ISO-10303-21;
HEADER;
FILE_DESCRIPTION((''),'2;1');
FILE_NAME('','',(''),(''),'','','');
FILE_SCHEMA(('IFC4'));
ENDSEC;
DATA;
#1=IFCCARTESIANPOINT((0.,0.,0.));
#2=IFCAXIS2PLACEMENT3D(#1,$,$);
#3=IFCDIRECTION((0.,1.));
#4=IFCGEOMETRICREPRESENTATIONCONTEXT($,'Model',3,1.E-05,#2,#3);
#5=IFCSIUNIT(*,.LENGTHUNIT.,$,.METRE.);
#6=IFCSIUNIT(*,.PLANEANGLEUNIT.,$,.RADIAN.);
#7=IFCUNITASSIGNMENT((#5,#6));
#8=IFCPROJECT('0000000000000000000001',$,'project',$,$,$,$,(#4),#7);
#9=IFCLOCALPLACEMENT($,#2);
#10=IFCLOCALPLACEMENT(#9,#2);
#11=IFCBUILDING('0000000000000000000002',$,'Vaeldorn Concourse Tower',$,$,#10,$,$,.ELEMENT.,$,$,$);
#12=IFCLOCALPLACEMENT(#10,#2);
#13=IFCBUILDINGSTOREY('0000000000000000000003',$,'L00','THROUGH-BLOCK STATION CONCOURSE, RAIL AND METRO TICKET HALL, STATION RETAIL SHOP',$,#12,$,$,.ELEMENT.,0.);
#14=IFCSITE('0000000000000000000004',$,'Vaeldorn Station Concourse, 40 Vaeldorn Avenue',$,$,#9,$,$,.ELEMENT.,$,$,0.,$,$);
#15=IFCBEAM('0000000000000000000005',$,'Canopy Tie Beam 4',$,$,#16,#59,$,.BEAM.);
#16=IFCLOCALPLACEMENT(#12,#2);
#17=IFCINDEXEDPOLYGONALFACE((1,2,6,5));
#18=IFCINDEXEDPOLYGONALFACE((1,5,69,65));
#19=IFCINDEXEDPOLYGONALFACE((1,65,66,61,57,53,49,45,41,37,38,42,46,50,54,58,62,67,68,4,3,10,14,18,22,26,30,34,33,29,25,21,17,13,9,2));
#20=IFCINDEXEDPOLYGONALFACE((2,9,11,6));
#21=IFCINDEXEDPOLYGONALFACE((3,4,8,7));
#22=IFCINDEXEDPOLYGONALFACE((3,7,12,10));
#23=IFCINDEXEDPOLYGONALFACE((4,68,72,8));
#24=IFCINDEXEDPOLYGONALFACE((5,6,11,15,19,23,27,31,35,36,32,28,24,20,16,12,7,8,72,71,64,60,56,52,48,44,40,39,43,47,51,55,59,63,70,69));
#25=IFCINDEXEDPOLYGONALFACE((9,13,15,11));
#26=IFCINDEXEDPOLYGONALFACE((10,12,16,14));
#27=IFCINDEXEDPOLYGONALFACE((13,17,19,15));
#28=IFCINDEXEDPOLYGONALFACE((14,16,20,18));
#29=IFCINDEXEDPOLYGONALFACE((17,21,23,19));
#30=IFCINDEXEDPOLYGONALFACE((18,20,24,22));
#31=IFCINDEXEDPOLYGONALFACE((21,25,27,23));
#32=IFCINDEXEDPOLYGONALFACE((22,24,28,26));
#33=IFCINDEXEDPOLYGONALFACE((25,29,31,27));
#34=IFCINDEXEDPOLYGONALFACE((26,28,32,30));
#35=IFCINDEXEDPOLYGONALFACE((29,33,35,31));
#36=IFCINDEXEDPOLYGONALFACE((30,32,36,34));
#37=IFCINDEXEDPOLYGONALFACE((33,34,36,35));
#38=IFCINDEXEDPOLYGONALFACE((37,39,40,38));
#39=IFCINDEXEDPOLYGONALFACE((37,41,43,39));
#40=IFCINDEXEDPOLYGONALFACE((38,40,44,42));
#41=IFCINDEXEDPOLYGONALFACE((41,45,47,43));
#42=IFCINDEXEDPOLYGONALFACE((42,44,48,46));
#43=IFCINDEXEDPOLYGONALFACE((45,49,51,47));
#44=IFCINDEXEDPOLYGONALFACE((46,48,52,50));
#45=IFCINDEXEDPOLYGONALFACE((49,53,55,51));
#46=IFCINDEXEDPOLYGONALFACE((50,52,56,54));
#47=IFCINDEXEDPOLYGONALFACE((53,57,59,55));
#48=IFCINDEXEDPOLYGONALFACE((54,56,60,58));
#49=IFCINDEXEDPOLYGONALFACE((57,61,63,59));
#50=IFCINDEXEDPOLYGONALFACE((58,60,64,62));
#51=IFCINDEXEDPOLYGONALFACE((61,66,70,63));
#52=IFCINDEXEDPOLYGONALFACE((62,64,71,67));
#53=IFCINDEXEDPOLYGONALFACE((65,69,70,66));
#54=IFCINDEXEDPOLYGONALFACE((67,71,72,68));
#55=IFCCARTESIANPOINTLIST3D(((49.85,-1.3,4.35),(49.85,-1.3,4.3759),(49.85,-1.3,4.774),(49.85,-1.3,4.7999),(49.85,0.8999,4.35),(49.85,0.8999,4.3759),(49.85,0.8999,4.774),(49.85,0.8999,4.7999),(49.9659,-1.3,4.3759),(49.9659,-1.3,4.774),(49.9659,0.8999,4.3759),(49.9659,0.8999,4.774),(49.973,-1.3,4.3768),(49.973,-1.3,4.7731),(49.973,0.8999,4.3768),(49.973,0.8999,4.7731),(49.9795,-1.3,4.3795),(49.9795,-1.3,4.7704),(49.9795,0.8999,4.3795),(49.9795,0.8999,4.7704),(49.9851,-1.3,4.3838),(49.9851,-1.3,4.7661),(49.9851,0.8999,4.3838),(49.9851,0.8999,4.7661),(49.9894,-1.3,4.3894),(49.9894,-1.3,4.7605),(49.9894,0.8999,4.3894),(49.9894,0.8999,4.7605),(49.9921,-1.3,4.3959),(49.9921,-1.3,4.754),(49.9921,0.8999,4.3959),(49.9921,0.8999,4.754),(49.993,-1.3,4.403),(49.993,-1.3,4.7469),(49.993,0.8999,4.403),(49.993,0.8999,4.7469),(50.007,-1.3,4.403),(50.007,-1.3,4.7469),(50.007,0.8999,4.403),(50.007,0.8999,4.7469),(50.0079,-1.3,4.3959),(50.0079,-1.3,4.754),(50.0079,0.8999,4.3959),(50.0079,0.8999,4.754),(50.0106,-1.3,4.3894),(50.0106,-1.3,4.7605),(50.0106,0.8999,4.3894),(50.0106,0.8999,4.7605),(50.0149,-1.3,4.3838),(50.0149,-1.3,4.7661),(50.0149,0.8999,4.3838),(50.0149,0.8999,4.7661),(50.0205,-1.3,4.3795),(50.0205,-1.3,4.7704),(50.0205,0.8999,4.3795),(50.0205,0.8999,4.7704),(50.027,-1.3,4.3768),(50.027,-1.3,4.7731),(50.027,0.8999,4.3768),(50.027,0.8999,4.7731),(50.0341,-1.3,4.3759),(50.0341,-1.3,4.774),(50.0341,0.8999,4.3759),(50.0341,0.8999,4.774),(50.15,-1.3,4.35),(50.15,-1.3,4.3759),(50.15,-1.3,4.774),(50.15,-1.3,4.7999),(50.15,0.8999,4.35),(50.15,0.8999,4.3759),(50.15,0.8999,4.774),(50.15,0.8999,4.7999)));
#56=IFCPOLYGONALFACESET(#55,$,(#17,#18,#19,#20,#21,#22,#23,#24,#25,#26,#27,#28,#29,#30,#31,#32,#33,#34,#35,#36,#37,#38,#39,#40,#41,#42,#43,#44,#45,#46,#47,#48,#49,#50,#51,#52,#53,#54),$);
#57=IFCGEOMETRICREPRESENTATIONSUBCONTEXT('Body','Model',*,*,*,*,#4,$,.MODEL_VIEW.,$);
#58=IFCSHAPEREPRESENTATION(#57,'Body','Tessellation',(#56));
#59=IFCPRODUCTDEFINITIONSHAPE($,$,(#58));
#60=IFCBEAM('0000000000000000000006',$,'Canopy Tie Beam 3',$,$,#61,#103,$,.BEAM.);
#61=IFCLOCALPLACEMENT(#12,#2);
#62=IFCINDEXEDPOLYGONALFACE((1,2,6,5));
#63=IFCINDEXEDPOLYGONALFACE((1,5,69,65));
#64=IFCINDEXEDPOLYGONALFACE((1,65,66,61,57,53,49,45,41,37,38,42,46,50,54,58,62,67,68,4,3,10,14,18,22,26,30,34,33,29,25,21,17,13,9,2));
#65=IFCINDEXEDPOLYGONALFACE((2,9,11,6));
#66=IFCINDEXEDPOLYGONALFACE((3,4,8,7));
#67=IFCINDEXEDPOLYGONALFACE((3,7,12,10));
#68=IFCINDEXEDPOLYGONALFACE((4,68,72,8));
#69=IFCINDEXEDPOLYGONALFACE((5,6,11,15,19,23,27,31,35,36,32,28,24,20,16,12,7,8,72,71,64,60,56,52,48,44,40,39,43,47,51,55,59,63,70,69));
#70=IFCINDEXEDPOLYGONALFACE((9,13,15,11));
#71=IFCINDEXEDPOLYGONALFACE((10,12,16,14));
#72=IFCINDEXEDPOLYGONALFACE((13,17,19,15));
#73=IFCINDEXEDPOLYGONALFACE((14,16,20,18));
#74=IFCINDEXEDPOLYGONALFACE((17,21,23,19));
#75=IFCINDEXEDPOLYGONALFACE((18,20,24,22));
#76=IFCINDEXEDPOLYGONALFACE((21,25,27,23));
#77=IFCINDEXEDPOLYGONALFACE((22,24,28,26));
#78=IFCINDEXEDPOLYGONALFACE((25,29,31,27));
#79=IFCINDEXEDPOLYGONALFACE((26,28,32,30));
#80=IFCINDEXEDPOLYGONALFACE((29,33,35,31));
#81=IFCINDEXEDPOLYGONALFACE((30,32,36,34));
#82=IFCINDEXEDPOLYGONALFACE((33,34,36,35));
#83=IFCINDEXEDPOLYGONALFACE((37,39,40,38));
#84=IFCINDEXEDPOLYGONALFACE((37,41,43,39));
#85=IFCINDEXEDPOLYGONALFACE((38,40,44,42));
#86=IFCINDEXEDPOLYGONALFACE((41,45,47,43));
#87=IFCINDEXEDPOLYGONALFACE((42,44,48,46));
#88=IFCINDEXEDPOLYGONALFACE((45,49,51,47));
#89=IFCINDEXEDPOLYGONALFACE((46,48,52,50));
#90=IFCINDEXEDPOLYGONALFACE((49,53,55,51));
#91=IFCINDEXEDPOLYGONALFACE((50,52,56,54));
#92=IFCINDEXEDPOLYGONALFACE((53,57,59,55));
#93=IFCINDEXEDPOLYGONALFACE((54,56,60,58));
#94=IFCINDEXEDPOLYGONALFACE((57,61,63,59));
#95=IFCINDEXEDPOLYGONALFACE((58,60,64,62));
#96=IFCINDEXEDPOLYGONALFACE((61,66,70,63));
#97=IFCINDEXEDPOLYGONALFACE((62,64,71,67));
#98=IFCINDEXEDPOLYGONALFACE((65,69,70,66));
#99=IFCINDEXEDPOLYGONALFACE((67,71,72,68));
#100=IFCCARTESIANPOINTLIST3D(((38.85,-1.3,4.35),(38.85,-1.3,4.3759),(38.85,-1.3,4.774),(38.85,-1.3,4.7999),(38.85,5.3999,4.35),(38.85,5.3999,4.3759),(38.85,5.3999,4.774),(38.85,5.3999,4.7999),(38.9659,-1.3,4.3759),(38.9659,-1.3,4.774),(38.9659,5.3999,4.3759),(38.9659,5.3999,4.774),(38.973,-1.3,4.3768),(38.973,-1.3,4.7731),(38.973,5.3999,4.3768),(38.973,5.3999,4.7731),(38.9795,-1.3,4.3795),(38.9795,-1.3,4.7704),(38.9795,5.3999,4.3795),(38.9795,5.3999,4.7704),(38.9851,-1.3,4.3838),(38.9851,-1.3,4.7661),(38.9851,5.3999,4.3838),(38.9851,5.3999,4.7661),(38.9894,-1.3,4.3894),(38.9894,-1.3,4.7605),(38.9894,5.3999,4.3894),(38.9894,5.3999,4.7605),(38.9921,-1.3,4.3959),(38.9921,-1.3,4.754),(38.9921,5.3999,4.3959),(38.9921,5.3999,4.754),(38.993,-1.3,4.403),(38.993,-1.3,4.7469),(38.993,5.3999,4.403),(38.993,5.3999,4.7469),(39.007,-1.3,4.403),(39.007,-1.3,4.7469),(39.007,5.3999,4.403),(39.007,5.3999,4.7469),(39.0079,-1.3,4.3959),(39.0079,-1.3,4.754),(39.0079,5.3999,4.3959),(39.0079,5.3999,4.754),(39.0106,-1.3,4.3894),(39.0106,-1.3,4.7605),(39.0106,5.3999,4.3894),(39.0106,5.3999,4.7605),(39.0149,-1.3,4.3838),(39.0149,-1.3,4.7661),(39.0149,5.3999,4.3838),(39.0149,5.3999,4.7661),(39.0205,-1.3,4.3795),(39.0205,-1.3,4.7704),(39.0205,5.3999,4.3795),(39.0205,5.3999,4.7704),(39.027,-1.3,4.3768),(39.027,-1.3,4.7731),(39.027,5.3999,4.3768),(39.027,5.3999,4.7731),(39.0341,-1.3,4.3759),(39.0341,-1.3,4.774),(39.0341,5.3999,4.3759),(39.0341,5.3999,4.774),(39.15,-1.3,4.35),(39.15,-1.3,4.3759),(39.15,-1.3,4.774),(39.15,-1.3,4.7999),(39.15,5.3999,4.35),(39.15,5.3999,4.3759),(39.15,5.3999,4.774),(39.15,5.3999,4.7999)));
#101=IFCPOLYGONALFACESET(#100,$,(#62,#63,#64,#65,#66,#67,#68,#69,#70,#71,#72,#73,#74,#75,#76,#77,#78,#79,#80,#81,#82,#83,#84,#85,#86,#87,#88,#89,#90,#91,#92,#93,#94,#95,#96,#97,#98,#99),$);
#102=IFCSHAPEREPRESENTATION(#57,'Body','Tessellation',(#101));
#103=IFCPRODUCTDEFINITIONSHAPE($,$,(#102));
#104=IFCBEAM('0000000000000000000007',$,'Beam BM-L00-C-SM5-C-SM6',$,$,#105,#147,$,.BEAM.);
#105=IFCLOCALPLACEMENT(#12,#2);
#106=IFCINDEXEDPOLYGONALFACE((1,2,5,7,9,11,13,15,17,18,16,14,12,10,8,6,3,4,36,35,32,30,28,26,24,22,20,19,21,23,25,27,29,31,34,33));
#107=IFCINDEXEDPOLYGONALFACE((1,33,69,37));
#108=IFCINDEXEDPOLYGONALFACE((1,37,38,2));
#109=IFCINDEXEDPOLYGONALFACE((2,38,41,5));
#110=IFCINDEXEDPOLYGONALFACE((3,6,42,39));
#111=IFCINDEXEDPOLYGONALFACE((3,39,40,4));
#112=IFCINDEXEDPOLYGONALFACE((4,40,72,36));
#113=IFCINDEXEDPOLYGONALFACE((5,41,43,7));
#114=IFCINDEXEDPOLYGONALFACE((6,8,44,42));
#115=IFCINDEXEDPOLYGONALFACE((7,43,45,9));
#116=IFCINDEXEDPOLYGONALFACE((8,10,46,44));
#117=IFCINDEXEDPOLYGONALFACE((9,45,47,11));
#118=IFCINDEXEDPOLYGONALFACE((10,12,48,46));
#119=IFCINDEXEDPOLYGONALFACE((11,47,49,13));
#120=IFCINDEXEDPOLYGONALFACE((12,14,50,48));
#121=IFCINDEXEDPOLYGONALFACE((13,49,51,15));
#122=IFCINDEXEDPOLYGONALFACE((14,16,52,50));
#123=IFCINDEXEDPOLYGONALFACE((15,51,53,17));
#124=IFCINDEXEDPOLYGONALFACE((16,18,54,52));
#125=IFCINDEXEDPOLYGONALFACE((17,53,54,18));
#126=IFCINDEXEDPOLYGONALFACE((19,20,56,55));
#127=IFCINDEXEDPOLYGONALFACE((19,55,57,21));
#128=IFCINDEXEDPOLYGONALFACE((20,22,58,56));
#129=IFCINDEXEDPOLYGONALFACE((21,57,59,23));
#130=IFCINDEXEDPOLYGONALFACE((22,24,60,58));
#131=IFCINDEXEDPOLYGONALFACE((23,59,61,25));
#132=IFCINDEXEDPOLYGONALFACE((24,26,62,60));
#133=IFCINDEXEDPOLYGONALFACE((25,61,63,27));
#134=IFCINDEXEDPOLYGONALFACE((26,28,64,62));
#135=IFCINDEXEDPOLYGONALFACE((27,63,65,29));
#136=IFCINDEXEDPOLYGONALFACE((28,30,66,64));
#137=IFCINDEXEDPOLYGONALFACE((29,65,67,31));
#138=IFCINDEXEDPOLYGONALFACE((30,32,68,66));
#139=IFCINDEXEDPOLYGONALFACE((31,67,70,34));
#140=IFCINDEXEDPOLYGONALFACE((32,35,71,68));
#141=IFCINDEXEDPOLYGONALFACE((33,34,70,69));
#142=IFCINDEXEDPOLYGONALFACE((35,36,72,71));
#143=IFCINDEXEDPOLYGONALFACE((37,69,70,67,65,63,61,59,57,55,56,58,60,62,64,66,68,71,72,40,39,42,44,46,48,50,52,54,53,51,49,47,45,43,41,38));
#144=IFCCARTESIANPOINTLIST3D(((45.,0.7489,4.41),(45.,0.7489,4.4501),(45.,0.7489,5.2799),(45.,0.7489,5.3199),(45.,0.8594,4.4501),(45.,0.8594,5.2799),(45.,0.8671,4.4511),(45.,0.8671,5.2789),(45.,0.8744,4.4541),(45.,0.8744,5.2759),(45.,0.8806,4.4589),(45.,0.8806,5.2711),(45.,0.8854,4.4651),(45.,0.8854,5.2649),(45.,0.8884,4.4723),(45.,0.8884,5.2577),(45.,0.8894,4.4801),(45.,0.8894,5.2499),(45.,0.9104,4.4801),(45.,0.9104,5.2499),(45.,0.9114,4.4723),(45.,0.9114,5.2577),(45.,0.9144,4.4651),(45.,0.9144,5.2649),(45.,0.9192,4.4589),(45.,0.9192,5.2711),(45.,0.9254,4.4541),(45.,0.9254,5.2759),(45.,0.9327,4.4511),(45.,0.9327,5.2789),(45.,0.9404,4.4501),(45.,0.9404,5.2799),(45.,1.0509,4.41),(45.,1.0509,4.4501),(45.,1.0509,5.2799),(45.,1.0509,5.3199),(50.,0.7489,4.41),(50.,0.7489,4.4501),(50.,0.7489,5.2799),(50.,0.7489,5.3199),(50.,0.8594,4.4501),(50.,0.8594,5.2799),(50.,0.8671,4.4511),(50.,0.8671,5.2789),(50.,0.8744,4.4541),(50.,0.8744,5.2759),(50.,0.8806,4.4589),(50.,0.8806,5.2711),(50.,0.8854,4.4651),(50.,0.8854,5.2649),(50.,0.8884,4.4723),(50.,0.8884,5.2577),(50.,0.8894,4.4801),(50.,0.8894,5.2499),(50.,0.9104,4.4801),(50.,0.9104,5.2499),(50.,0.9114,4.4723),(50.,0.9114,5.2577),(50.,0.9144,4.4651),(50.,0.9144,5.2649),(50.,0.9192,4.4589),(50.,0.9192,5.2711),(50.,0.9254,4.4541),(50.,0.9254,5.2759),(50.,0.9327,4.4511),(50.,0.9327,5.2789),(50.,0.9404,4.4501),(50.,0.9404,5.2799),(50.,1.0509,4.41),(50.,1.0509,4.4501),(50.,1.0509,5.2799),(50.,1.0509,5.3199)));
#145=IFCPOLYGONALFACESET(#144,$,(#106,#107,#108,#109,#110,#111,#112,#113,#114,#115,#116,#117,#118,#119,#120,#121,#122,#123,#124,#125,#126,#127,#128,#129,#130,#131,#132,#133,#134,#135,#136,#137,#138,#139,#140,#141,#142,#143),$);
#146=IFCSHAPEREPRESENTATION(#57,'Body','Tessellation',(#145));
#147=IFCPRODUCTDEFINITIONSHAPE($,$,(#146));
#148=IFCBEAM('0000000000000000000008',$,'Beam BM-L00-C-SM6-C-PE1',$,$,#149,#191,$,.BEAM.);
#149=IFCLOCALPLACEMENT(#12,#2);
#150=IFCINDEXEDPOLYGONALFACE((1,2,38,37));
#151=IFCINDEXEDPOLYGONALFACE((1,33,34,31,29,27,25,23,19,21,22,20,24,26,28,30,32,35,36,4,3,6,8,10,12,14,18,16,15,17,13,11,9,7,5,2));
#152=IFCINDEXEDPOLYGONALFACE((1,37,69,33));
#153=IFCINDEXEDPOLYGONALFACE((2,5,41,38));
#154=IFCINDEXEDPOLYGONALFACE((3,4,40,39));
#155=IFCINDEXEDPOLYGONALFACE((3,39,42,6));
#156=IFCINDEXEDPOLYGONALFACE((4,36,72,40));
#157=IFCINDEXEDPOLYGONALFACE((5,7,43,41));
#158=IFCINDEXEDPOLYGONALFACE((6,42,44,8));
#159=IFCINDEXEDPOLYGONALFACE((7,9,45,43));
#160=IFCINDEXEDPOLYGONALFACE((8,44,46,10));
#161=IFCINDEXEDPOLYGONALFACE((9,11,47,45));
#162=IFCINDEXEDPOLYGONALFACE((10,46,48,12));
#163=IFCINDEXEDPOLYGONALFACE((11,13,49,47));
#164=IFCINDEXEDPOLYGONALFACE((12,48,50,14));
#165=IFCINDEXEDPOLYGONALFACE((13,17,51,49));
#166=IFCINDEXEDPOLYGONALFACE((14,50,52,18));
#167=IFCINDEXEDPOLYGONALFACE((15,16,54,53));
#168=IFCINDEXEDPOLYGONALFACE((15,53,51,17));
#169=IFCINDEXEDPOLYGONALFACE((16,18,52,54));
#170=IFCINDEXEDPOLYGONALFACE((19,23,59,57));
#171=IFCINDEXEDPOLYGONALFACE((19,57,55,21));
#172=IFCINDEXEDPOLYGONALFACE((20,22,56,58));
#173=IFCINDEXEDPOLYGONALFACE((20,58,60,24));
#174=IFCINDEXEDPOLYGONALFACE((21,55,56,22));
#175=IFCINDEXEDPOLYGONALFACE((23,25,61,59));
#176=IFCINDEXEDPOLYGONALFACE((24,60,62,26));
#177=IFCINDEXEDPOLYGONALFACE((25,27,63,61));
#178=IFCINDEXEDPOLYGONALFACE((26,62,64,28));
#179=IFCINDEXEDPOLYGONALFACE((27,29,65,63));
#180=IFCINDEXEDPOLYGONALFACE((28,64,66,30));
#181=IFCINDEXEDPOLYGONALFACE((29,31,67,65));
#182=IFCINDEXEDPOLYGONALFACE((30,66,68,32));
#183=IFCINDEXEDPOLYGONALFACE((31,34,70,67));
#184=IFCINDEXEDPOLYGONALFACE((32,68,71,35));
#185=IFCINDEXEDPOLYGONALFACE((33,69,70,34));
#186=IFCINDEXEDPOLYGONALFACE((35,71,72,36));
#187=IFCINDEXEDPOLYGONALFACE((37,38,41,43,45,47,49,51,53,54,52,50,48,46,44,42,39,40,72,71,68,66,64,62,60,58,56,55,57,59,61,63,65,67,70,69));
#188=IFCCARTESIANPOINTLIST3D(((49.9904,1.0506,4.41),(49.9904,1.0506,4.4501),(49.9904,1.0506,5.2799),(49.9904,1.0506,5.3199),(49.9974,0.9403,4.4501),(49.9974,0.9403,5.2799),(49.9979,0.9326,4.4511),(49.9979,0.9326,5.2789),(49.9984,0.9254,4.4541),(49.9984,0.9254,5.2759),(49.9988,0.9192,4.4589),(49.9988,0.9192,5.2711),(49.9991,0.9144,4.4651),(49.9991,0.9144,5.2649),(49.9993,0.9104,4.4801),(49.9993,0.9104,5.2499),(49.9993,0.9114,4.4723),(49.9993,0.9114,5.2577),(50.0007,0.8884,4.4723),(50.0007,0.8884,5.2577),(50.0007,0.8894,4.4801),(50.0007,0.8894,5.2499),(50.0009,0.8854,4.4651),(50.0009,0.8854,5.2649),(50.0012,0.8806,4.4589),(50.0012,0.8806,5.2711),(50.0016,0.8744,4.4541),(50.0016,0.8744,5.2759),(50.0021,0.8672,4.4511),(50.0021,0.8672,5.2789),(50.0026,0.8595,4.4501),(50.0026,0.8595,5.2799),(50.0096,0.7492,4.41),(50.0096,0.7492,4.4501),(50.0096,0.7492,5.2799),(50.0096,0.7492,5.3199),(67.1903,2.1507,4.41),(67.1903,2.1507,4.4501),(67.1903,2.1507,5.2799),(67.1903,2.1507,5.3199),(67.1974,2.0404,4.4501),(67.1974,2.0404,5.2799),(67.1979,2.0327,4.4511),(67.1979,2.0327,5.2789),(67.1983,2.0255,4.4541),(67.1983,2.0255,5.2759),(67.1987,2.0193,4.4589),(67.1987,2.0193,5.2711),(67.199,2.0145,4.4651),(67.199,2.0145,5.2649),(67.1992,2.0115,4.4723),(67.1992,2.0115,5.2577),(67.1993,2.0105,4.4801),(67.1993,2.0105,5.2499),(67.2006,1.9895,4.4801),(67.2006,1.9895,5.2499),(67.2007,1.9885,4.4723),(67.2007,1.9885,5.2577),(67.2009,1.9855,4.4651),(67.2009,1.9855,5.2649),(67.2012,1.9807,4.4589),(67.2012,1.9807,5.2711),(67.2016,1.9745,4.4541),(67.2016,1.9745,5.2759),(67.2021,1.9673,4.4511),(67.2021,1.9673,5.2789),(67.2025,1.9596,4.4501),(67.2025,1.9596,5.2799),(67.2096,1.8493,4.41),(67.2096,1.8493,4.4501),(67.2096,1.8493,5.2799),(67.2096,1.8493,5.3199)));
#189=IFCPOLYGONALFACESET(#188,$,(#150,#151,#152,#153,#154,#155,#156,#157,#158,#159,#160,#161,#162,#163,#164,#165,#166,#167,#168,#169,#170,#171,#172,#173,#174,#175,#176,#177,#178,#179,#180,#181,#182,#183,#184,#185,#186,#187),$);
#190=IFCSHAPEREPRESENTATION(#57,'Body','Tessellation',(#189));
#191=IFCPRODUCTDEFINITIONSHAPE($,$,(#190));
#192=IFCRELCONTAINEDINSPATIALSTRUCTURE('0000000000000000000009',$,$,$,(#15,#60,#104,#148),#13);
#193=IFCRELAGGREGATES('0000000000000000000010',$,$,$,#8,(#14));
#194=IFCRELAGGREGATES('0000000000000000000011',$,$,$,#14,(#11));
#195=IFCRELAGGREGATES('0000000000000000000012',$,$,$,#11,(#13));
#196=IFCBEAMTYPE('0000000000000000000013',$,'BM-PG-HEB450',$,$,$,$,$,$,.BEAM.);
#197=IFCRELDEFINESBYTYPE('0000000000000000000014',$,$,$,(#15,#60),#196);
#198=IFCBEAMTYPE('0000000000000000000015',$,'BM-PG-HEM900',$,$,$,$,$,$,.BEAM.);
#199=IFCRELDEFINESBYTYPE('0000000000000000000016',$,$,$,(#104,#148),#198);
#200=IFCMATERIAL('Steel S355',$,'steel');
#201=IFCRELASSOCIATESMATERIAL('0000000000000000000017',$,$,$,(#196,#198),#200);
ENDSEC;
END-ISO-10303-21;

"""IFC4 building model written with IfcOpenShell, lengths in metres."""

from ifc_helpers import new_model, si_unit, direction, frame, origin, origin_2d, place, context, subcontext, project, spatial, i_section, extrude, source, transform, mapped, material, material_profile, profile_set, type_object, element, save


model = new_model("IFC4")

# Units and contexts
model_context = context("Model", 3, precision=1e-05, world=origin(), true_north=direction((0.0, 1.0)))
body_context = subcontext(model_context, "Body", "Model", "MODEL_VIEW")
ifc_project = project(units=[si_unit("LENGTHUNIT", "METRE"), si_unit("PLANEANGLEUNIT", "RADIAN")], contexts=[model_context])

# Site, building, storey
site_placement = place(None, origin())
site = spatial("IfcSite", under=ifc_project, at=site_placement, Name="Vaeldorn Station Concourse, 40 Vaeldorn Avenue", CompositionType="ELEMENT", RefElevation=0.0)
building_placement = place(site_placement, origin())
building = spatial("IfcBuilding", under=site, at=building_placement, Name="Vaeldorn Concourse Tower", CompositionType="ELEMENT")
storey_placement = place(building_placement, origin())
storey = spatial("IfcBuildingStorey", under=building, at=storey_placement, Name="L00", Description="THROUGH-BLOCK STATION CONCOURSE, RAIL AND METRO TICKET HALL, STATION RETAIL SHOP", CompositionType="ELEMENT", Elevation=0.0)

# Shared definitions
ifc_material_1 = material(Name="Steel S355", Category="steel")

# Beams
ifc_material_profile_1 = material_profile(ifc_material_1, i_section(OverallWidth=0.3, OverallDepth=0.45, WebThickness=0.0139, FlangeThickness=0.0259, FilletRadius=0.0271, at=origin_2d()), Name="HEB 450")
ifc_profile_set_1 = profile_set([ifc_material_profile_1], Name="Steel S355")
beam_type_1 = type_object("IfcBeamType", Name="BM-PG-HEB450", PredefinedType="BEAM", material=ifc_profile_set_1)
shared_shape_1 = source(origin(), body_context, "Body", "SweptSolid", [
    extrude(i_section(OverallWidth=0.3, OverallDepth=0.45, WebThickness=0.0139, FlangeThickness=0.0259, FilletRadius=0.0271, at=origin_2d()), origin(), (0.0, 0.0, 1.0), 2.2),
])
beam_1_placement = place(storey_placement, frame((50.0, -1.3, 4.575), z_axis=(0.0, 1.0, 0.0), x_axis=(-1.0, 0.0, 0.0)))
element("IfcBeam", 1, at=beam_1_placement, inside=storey, type_object=beam_type_1, Name="Canopy Tie Beam 4", PredefinedType="BEAM", context=body_context, shape_type="MappedRepresentation", body=[
    mapped(shared_shape_1, transform((0.0, 0.0, 0.0), scale=1.0)),
])
shared_shape_2 = source(origin(), body_context, "Body", "SweptSolid", [
    extrude(i_section(OverallWidth=0.3, OverallDepth=0.45, WebThickness=0.0139, FlangeThickness=0.0259, FilletRadius=0.0271, at=origin_2d()), origin(), (0.0, 0.0, 1.0), 6.7),
])
beam_2_placement = place(storey_placement, frame((39.0, -1.3, 4.575), z_axis=(0.0, 1.0, 0.0), x_axis=(-1.0, 0.0, 0.0)))
element("IfcBeam", 2, at=beam_2_placement, inside=storey, type_object=beam_type_1, Name="Canopy Tie Beam 3", PredefinedType="BEAM", context=body_context, shape_type="MappedRepresentation", body=[
    mapped(shared_shape_2, transform((0.0, 0.0, 0.0), scale=1.0)),
])
ifc_material_profile_2 = material_profile(ifc_material_1, i_section(OverallWidth=0.302, OverallDepth=0.9099, WebThickness=0.021, FlangeThickness=0.04, FilletRadius=0.03, at=origin_2d()), Name="HEM 900")
ifc_profile_set_2 = profile_set([ifc_material_profile_2], Name="Steel S355")
beam_type_2 = type_object("IfcBeamType", Name="BM-PG-HEM900", PredefinedType="BEAM", material=ifc_profile_set_2)
shared_shape_3 = source(origin(), body_context, "Body", "SweptSolid", [
    extrude(i_section(OverallWidth=0.302, OverallDepth=0.9099, WebThickness=0.021, FlangeThickness=0.04, FilletRadius=0.03, at=origin_2d()), origin(), (0.0, 0.0, 1.0), 5.0),
])
beam_3_placement = place(storey_placement, frame((45.0, 0.8999, 4.865), z_axis=(1.0, 0.0, 0.0), x_axis=(0.0, 1.0, 0.0)))
element("IfcBeam", 3, at=beam_3_placement, inside=storey, type_object=beam_type_2, Name="Beam BM-L00-C-SM5-C-SM6", PredefinedType="BEAM", context=body_context, shape_type="MappedRepresentation", body=[
    mapped(shared_shape_3, transform((0.0, 0.0, 0.0), scale=1.0)),
])
shared_shape_4 = source(origin(), body_context, "Body", "SweptSolid", [
    extrude(i_section(OverallWidth=0.302, OverallDepth=0.9099, WebThickness=0.021, FlangeThickness=0.04, FilletRadius=0.03, at=origin_2d()), origin(), (0.0, 0.0, 1.0), 17.2351),
])
beam_4_placement = place(storey_placement, frame((50.0, 0.8999, 4.865), z_axis=(0.997961, 0.063829, 0.0), x_axis=(-0.063829, 0.997961, 0.0)))
element("IfcBeam", 4, at=beam_4_placement, inside=storey, type_object=beam_type_2, Name="Beam BM-L00-C-SM6-C-PE1", PredefinedType="BEAM", context=body_context, shape_type="MappedRepresentation", body=[
    mapped(shared_shape_4, transform((0.0, 0.0, 0.0), scale=1.0)),
])

save(model, "model.ifc")
